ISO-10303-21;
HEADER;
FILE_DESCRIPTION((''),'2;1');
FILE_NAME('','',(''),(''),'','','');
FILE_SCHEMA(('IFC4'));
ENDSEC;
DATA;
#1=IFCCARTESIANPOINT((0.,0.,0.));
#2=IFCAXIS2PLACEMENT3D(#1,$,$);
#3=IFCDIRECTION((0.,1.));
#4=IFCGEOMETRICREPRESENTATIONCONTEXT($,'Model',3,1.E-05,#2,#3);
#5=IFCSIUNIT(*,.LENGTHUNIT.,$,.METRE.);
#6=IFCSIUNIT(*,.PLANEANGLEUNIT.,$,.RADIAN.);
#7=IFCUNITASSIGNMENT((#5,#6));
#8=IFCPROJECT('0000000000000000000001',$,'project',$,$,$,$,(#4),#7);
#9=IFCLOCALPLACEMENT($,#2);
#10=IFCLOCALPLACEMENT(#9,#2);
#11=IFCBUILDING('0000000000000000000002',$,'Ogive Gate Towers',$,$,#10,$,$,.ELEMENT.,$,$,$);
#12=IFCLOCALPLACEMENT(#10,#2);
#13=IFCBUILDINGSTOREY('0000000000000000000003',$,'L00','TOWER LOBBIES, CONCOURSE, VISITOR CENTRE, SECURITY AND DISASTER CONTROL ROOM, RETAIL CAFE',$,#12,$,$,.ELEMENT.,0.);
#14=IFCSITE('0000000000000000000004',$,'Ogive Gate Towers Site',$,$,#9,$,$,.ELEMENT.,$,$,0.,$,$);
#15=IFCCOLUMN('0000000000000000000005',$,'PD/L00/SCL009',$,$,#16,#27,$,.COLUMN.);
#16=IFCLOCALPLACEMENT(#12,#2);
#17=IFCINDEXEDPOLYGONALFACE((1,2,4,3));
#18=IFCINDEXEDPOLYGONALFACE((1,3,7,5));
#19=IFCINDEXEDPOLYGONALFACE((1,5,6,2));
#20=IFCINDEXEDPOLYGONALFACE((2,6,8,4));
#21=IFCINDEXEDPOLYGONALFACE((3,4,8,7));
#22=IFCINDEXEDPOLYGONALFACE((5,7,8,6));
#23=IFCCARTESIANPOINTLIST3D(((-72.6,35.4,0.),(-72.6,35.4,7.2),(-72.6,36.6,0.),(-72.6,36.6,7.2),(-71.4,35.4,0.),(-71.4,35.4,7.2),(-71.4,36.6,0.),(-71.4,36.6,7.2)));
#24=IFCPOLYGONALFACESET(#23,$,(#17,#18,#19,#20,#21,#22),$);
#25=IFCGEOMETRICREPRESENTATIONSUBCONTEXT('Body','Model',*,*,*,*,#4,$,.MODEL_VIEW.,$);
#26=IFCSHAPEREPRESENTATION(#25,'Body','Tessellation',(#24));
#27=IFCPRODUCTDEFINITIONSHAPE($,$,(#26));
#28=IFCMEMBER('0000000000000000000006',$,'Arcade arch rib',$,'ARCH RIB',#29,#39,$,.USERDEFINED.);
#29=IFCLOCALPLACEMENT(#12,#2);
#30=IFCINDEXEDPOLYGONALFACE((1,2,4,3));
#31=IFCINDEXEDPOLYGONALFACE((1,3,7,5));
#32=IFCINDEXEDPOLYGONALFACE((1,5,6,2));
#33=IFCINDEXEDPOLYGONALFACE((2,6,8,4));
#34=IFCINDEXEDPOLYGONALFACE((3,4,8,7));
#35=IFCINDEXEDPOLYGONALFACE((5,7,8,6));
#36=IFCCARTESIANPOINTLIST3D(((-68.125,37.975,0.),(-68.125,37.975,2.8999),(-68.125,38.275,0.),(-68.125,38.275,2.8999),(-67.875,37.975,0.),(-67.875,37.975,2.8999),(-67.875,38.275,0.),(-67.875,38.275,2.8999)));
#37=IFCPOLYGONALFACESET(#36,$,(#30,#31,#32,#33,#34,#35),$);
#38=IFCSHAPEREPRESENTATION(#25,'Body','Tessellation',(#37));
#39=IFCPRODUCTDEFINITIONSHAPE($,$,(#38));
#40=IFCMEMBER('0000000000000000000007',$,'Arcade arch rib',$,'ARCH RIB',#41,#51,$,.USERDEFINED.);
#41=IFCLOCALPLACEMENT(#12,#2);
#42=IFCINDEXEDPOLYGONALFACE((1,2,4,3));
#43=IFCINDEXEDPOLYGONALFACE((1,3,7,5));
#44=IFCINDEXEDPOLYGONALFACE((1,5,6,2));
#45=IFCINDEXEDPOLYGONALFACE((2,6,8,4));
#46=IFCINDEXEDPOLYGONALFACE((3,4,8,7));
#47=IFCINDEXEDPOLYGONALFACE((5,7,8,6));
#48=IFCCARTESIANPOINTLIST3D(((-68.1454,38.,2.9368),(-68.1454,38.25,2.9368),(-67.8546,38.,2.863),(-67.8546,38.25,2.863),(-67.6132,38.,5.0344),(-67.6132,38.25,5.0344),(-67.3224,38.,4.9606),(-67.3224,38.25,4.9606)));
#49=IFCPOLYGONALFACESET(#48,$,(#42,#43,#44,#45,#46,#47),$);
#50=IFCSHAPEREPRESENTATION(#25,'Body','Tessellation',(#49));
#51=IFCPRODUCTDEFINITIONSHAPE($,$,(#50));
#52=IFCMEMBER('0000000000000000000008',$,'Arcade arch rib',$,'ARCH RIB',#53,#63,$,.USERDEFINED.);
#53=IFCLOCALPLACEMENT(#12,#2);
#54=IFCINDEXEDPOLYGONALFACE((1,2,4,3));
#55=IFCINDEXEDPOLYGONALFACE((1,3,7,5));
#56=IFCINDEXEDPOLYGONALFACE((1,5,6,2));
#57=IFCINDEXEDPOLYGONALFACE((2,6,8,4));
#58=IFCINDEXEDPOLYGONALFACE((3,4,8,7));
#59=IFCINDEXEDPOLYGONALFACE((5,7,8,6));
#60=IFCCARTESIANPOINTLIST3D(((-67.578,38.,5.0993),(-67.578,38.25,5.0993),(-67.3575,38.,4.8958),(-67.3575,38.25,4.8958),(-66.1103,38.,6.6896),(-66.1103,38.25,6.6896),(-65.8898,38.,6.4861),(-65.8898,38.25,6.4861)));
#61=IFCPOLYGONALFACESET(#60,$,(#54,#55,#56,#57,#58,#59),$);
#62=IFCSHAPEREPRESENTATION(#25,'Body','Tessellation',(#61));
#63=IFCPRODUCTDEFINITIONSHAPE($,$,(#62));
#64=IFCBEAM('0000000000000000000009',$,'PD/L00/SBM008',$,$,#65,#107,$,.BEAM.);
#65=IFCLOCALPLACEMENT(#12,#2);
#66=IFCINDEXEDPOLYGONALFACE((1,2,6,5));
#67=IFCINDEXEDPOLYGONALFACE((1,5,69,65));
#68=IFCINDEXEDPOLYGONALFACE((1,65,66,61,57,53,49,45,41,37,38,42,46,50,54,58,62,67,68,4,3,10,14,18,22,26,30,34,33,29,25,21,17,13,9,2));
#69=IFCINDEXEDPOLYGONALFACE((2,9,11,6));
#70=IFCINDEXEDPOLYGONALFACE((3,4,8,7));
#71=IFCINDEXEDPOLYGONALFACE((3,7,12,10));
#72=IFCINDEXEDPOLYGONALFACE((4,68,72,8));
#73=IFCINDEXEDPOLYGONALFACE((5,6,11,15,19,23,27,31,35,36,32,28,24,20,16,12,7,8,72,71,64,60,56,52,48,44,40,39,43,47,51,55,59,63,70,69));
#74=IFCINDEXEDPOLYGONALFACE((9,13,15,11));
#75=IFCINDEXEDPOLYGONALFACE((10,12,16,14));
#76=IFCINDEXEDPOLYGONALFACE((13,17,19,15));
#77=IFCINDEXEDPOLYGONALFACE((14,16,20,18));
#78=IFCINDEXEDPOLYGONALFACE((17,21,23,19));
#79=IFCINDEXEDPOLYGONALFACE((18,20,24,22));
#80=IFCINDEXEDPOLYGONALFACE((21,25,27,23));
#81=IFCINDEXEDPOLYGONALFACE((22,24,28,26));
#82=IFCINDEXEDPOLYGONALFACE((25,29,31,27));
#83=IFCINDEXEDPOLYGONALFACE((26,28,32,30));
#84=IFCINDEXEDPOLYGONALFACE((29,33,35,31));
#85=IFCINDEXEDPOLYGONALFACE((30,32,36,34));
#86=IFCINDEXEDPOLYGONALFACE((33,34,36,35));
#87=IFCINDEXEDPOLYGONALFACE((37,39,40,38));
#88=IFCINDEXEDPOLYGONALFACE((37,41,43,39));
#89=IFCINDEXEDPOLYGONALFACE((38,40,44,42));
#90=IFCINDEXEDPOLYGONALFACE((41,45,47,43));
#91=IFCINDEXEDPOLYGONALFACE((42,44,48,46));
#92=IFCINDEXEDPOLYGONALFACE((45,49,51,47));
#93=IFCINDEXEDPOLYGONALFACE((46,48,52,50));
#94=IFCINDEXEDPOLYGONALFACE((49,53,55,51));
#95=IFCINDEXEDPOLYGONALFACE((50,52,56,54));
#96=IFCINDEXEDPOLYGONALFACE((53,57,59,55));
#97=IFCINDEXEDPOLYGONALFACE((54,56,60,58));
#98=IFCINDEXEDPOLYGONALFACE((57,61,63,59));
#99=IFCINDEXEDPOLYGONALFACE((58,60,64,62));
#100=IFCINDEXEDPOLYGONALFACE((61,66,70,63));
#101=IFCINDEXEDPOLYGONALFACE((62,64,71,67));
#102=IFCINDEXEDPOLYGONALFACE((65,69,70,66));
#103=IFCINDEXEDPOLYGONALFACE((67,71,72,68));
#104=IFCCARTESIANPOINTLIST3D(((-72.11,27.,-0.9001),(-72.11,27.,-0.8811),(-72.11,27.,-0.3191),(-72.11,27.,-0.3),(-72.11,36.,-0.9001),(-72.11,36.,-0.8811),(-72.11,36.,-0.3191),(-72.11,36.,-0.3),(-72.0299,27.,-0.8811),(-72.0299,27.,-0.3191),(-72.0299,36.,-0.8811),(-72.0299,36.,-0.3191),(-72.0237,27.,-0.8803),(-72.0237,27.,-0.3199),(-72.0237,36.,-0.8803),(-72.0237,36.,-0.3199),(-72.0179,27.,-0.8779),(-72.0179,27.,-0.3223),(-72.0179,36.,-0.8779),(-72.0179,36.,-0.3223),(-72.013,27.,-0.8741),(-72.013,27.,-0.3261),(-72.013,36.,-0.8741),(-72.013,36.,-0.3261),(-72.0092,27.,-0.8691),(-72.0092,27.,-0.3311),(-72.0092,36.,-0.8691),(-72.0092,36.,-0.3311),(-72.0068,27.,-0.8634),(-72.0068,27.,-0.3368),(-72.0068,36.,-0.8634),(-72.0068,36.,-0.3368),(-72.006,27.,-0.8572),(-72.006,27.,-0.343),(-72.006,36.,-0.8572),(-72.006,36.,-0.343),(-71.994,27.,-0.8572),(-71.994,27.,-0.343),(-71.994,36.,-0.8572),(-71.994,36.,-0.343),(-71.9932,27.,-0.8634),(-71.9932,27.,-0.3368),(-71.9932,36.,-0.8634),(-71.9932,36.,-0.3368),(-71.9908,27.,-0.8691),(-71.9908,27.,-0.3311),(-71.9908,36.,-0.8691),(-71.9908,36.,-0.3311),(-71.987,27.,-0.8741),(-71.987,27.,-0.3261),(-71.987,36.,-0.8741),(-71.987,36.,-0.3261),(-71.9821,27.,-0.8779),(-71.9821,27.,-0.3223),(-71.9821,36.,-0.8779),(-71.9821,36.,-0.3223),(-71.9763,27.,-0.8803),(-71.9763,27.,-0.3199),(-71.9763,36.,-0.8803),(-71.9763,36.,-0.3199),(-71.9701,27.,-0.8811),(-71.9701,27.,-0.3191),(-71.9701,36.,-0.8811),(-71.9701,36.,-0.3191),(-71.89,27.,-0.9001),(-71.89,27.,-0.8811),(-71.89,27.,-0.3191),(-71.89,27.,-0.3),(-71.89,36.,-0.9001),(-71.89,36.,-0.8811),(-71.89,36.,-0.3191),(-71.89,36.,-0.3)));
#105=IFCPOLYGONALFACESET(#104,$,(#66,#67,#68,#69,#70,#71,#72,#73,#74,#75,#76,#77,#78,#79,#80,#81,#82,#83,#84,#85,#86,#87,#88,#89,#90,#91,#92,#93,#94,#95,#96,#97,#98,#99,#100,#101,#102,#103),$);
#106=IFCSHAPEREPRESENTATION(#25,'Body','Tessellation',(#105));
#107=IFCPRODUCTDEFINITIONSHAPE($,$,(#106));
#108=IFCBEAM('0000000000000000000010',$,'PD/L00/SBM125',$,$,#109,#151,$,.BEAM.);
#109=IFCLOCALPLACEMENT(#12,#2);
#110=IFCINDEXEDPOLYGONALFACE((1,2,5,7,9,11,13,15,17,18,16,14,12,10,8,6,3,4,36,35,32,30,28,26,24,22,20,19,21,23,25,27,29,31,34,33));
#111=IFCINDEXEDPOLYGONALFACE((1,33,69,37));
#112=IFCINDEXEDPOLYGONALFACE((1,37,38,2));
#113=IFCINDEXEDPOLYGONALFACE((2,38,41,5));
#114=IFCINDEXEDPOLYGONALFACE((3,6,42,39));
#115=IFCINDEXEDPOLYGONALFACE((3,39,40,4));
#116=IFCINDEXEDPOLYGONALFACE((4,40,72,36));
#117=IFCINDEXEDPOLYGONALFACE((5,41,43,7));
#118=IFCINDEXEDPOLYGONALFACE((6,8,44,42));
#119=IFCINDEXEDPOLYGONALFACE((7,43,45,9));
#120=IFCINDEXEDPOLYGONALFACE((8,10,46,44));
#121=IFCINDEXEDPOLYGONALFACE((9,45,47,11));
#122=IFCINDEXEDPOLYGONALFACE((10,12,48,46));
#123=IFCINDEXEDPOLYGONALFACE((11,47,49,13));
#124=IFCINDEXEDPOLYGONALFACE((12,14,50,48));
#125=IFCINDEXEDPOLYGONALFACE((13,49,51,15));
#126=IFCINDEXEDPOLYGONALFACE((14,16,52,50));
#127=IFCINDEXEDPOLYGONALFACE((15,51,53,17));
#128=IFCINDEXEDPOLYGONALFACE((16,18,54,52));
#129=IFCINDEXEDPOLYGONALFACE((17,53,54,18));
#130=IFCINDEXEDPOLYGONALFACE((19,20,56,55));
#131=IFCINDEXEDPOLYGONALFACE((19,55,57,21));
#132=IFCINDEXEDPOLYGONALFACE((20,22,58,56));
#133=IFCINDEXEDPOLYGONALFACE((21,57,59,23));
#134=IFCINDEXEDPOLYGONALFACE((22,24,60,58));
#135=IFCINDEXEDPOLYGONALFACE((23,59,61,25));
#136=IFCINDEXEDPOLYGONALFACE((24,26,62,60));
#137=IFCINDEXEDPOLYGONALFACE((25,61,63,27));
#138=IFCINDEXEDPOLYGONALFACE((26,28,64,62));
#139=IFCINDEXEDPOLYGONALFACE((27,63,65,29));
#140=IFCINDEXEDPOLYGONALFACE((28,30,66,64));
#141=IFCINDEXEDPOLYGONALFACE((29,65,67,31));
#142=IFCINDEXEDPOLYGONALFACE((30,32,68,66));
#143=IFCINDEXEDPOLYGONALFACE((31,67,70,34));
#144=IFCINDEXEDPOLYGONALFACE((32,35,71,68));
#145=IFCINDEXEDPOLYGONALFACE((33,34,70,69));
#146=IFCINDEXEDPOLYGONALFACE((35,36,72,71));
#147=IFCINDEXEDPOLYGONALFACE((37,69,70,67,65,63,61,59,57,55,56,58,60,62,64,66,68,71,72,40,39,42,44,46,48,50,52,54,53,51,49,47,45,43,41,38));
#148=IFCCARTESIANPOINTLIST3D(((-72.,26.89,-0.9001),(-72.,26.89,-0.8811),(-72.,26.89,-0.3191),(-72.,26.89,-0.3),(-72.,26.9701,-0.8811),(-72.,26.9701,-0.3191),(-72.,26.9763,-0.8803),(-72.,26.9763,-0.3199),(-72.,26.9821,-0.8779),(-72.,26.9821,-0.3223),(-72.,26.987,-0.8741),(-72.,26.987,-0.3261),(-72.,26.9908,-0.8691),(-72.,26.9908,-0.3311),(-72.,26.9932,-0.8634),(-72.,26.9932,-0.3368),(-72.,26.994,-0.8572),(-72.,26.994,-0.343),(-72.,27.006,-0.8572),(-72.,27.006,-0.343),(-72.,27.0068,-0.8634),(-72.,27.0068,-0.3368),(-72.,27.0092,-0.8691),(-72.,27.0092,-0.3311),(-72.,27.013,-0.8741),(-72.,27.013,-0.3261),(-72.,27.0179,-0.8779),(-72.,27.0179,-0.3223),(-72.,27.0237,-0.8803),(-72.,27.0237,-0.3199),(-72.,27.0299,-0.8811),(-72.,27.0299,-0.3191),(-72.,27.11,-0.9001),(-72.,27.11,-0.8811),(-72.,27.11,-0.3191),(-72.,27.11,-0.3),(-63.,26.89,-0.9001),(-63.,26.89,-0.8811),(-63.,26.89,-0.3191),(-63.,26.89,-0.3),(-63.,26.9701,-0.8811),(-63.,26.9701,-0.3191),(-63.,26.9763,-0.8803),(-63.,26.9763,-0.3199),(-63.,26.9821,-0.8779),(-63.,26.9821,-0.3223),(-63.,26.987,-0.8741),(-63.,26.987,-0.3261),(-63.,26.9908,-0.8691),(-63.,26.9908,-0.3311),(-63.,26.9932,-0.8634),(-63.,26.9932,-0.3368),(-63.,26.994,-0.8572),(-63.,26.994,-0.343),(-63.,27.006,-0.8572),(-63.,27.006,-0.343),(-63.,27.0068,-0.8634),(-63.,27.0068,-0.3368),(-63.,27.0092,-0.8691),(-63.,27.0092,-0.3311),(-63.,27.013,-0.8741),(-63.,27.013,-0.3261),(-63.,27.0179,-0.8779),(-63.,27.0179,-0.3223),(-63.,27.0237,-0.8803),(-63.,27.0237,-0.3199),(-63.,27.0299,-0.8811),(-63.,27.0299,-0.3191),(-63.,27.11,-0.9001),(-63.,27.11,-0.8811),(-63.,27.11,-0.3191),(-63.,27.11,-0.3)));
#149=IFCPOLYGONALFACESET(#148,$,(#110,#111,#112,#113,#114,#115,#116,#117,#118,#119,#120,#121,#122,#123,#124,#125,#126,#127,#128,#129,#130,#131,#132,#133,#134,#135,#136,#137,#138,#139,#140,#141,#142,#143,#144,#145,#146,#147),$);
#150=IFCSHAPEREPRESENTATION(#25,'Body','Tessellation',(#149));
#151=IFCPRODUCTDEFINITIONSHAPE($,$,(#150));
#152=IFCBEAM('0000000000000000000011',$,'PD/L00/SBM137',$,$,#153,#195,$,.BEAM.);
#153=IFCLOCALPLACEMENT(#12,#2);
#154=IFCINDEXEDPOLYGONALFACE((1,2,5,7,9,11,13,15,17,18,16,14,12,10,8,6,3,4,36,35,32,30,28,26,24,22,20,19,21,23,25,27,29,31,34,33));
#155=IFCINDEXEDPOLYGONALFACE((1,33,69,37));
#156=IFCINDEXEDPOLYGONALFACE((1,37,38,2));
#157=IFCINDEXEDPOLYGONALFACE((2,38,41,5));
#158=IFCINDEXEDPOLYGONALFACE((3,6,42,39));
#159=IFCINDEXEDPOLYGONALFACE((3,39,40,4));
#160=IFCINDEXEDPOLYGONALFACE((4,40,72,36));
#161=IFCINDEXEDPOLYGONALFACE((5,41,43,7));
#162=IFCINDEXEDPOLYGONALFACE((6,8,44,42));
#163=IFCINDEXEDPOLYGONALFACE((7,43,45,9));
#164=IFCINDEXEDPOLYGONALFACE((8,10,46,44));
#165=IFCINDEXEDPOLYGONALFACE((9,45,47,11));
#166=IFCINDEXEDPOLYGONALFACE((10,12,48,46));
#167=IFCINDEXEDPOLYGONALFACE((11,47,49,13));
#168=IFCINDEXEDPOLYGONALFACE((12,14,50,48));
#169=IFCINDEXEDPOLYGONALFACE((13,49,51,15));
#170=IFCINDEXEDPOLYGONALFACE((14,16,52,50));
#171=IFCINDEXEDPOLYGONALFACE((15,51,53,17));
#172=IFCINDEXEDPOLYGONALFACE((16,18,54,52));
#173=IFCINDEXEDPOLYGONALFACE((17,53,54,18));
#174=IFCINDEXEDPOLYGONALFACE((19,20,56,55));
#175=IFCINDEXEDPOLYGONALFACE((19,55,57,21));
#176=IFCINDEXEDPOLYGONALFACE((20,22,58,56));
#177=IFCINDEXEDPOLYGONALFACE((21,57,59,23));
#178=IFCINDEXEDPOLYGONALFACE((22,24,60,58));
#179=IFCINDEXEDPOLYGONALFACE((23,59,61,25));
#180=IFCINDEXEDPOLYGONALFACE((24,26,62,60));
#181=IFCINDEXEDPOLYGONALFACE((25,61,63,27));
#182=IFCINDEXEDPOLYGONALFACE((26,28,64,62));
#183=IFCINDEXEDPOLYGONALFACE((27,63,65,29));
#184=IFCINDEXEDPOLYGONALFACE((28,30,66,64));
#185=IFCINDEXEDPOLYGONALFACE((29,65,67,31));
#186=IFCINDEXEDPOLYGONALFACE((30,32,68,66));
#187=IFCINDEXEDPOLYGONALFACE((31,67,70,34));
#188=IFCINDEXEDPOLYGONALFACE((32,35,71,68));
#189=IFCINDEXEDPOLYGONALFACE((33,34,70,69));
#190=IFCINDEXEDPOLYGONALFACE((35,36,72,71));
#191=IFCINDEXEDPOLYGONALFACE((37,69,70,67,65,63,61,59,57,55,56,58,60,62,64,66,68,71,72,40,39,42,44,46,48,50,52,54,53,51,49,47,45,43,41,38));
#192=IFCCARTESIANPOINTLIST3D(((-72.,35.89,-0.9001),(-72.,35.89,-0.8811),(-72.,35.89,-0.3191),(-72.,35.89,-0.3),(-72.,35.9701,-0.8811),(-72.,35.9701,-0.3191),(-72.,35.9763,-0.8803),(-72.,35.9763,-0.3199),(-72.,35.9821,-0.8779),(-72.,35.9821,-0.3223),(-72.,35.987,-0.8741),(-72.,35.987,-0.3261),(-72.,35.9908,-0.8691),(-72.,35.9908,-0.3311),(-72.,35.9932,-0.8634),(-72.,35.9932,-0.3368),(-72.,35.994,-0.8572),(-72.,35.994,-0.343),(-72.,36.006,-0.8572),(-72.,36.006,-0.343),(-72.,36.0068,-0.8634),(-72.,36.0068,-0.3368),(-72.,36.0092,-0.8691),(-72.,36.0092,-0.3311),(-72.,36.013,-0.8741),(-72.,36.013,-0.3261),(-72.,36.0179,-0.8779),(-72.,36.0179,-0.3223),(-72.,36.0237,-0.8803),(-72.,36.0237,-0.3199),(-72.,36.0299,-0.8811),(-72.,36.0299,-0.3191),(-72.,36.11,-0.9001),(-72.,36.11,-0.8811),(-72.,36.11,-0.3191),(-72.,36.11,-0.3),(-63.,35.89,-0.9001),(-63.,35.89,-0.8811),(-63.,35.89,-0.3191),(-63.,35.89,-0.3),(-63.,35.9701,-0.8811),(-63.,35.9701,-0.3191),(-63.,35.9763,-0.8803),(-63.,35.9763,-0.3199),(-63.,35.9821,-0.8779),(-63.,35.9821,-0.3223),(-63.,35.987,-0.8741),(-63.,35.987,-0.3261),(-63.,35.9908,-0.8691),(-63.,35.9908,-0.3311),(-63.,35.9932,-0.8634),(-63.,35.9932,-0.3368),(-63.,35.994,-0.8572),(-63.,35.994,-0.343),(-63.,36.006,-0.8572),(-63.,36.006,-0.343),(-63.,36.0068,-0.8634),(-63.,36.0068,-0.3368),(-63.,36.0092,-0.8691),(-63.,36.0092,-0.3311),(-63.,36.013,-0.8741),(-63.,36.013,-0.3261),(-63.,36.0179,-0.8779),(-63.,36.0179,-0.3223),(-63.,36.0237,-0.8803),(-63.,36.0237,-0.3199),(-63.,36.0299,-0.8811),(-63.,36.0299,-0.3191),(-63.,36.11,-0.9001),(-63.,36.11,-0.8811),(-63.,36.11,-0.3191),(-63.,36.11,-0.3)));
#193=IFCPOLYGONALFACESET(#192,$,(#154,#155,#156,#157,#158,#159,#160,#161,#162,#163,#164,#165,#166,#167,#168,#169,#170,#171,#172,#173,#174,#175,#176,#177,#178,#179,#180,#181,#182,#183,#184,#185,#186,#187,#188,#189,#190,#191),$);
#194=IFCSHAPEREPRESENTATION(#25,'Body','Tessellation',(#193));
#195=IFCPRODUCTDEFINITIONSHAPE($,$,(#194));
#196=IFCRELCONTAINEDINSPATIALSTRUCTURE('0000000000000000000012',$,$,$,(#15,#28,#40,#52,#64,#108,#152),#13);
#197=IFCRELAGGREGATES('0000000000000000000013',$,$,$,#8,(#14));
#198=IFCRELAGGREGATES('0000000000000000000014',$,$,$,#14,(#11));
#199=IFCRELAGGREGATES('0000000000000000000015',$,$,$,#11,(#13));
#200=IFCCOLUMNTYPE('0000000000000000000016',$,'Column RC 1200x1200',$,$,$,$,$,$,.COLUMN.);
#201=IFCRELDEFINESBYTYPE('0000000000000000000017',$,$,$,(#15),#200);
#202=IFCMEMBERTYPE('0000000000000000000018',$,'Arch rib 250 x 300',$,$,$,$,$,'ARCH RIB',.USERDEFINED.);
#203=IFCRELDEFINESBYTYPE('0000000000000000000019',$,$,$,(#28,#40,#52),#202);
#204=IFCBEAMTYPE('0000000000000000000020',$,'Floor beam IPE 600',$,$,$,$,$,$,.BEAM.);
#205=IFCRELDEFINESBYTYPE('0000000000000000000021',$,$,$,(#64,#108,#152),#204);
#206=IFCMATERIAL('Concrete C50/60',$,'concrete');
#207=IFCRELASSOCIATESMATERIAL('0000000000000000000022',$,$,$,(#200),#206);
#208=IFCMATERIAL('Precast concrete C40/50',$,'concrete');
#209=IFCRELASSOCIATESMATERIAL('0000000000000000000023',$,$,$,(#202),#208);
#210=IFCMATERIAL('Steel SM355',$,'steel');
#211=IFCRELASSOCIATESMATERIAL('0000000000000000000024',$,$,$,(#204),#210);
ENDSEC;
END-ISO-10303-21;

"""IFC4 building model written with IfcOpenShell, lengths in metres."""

from ifc_helpers import new_model, si_unit, direction, frame, origin, origin_2d, place, context, subcontext, project, spatial, rectangle, i_section, extrude, material, material_profile, profile_set, type_object, element, save


model = new_model("IFC4")

# Units and contexts
model_context = context("Model", 3, precision=1e-05, world=origin(), true_north=direction((0.0, 1.0)))
body_context = subcontext(model_context, "Body", "Model", "MODEL_VIEW")
ifc_project = project(units=[si_unit("LENGTHUNIT", "METRE"), si_unit("PLANEANGLEUNIT", "RADIAN")], contexts=[model_context])

# Site, building, storey
site_placement = place(None, origin())
site = spatial("IfcSite", under=ifc_project, at=site_placement, Name="Ogive Gate Towers Site", CompositionType="ELEMENT", RefElevation=0.0)
building_placement = place(site_placement, origin())
building = spatial("IfcBuilding", under=site, at=building_placement, Name="Ogive Gate Towers", CompositionType="ELEMENT")
storey_placement = place(building_placement, origin())
storey = spatial("IfcBuildingStorey", under=building, at=storey_placement, Name="L00", Description="TOWER LOBBIES, CONCOURSE, VISITOR CENTRE, SECURITY AND DISASTER CONTROL ROOM, RETAIL CAFE", CompositionType="ELEMENT", Elevation=0.0)

# Column
ifc_material_1 = material(Name="Concrete C50/60", Category="concrete")
ifc_material_profile_1 = material_profile(ifc_material_1, rectangle(XDim=1.2, YDim=1.2, at=origin_2d()), Name="RC 1200x1200")
ifc_profile_set_1 = profile_set([ifc_material_profile_1], Name="Concrete C50/60")
column_type = type_object("IfcColumnType", Name="Column RC 1200x1200", PredefinedType="COLUMN", material=ifc_profile_set_1)
column_placement = place(storey_placement, frame((-72.0, 36.0, 0.0), z_axis=(0.0, 0.0, 1.0), x_axis=(1.0, 0.0, 0.0)))
element("IfcColumn", 1, at=column_placement, inside=storey, type_object=column_type, Name="PD/L00/SCL009", PredefinedType="COLUMN", context=body_context, shape_type="SweptSolid", body=[
    extrude(rectangle(XDim=1.2, YDim=1.2, at=origin_2d()), origin(), (0.0, 0.0, 1.0), 7.2),
])

# Members
ifc_material_2 = material(Name="Precast concrete C40/50", Category="concrete")
ifc_material_profile_2 = material_profile(ifc_material_2, rectangle(XDim=0.25, YDim=0.3, at=origin_2d()), Name="250 x 300 cast stone")
ifc_profile_set_2 = profile_set([ifc_material_profile_2], Name="Precast concrete C40/50")
member_type_1 = type_object("IfcMemberType", Name="Arch rib 250 x 300", ElementType="ARCH RIB", PredefinedType="USERDEFINED", material=ifc_profile_set_2)
member_1_placement = place(storey_placement, frame((-68.0, 38.125, 0.0), z_axis=(0.0, 0.0, 1.0), x_axis=(1.0, 0.0, 0.0)))
element("IfcMember", 2, at=member_1_placement, inside=storey, type_object=member_type_1, Name="Arcade arch rib", ObjectType="ARCH RIB", PredefinedType="USERDEFINED", context=body_context, shape_type="SweptSolid", body=[
    extrude(rectangle(XDim=0.25, YDim=0.3, at=origin_2d()), origin(), (0.0, 0.0, 1.0), 2.8999),
])
for number, where, z_axis, x_axis, name in (
    (3, (-68.0, 38.125, 2.8999), (0.245932, 0.0, 0.969287), (0.0, 1.0, 0.0), "Arcade arch rib"),
    (4, (-67.4678, 38.125, 4.9976), (0.678224, 0.0, 0.734855), (0.0, 1.0, 0.0), "Arcade arch rib"),
):
    element("IfcMember", number, at=place(storey_placement, frame(where, z_axis=z_axis, x_axis=x_axis)), inside=storey, type_object=member_type_1, Name=name, ObjectType="ARCH RIB", PredefinedType="USERDEFINED", context=body_context, shape_type="SweptSolid", body=[
        extrude(rectangle(XDim=0.25, YDim=0.3, at=origin_2d()), origin(), (0.0, 0.0, 1.0), 2.1641),
    ])

# Beams
ifc_material_3 = material(Name="Steel SM355", Category="steel")
ifc_material_profile_3 = material_profile(ifc_material_3, i_section(OverallWidth=0.22, OverallDepth=0.6001, WebThickness=0.012, FlangeThickness=0.019, FilletRadius=0.0239, at=origin_2d()), Name="IPE 600")
ifc_profile_set_3 = profile_set([ifc_material_profile_3], Name="Steel SM355")
beam_type = type_object("IfcBeamType", Name="Floor beam IPE 600", PredefinedType="BEAM", material=ifc_profile_set_3)
for number, where, z_axis, x_axis, name in (
    (5, (-72.0, 27.0, -0.6001), (0.0, 1.0, 0.0), (-1.0, 0.0, 0.0), "PD/L00/SBM008"),
    (6, (-72.0, 27.0, -0.6001), (1.0, 0.0, 0.0), (0.0, 1.0, 0.0), "PD/L00/SBM125"),
    (7, (-72.0, 36.0, -0.6001), (1.0, 0.0, 0.0), (0.0, 1.0, 0.0), "PD/L00/SBM137"),
):
    element("IfcBeam", number, at=place(storey_placement, frame(where, z_axis=z_axis, x_axis=x_axis)), inside=storey, type_object=beam_type, Name=name, PredefinedType="BEAM", context=body_context, shape_type="SweptSolid", body=[
        extrude(i_section(OverallWidth=0.22, OverallDepth=0.6001, WebThickness=0.012, FlangeThickness=0.019, FilletRadius=0.0239, at=origin_2d()), origin(), (0.0, 0.0, 1.0), 9.0),
    ])

save(model, "model.ifc")
